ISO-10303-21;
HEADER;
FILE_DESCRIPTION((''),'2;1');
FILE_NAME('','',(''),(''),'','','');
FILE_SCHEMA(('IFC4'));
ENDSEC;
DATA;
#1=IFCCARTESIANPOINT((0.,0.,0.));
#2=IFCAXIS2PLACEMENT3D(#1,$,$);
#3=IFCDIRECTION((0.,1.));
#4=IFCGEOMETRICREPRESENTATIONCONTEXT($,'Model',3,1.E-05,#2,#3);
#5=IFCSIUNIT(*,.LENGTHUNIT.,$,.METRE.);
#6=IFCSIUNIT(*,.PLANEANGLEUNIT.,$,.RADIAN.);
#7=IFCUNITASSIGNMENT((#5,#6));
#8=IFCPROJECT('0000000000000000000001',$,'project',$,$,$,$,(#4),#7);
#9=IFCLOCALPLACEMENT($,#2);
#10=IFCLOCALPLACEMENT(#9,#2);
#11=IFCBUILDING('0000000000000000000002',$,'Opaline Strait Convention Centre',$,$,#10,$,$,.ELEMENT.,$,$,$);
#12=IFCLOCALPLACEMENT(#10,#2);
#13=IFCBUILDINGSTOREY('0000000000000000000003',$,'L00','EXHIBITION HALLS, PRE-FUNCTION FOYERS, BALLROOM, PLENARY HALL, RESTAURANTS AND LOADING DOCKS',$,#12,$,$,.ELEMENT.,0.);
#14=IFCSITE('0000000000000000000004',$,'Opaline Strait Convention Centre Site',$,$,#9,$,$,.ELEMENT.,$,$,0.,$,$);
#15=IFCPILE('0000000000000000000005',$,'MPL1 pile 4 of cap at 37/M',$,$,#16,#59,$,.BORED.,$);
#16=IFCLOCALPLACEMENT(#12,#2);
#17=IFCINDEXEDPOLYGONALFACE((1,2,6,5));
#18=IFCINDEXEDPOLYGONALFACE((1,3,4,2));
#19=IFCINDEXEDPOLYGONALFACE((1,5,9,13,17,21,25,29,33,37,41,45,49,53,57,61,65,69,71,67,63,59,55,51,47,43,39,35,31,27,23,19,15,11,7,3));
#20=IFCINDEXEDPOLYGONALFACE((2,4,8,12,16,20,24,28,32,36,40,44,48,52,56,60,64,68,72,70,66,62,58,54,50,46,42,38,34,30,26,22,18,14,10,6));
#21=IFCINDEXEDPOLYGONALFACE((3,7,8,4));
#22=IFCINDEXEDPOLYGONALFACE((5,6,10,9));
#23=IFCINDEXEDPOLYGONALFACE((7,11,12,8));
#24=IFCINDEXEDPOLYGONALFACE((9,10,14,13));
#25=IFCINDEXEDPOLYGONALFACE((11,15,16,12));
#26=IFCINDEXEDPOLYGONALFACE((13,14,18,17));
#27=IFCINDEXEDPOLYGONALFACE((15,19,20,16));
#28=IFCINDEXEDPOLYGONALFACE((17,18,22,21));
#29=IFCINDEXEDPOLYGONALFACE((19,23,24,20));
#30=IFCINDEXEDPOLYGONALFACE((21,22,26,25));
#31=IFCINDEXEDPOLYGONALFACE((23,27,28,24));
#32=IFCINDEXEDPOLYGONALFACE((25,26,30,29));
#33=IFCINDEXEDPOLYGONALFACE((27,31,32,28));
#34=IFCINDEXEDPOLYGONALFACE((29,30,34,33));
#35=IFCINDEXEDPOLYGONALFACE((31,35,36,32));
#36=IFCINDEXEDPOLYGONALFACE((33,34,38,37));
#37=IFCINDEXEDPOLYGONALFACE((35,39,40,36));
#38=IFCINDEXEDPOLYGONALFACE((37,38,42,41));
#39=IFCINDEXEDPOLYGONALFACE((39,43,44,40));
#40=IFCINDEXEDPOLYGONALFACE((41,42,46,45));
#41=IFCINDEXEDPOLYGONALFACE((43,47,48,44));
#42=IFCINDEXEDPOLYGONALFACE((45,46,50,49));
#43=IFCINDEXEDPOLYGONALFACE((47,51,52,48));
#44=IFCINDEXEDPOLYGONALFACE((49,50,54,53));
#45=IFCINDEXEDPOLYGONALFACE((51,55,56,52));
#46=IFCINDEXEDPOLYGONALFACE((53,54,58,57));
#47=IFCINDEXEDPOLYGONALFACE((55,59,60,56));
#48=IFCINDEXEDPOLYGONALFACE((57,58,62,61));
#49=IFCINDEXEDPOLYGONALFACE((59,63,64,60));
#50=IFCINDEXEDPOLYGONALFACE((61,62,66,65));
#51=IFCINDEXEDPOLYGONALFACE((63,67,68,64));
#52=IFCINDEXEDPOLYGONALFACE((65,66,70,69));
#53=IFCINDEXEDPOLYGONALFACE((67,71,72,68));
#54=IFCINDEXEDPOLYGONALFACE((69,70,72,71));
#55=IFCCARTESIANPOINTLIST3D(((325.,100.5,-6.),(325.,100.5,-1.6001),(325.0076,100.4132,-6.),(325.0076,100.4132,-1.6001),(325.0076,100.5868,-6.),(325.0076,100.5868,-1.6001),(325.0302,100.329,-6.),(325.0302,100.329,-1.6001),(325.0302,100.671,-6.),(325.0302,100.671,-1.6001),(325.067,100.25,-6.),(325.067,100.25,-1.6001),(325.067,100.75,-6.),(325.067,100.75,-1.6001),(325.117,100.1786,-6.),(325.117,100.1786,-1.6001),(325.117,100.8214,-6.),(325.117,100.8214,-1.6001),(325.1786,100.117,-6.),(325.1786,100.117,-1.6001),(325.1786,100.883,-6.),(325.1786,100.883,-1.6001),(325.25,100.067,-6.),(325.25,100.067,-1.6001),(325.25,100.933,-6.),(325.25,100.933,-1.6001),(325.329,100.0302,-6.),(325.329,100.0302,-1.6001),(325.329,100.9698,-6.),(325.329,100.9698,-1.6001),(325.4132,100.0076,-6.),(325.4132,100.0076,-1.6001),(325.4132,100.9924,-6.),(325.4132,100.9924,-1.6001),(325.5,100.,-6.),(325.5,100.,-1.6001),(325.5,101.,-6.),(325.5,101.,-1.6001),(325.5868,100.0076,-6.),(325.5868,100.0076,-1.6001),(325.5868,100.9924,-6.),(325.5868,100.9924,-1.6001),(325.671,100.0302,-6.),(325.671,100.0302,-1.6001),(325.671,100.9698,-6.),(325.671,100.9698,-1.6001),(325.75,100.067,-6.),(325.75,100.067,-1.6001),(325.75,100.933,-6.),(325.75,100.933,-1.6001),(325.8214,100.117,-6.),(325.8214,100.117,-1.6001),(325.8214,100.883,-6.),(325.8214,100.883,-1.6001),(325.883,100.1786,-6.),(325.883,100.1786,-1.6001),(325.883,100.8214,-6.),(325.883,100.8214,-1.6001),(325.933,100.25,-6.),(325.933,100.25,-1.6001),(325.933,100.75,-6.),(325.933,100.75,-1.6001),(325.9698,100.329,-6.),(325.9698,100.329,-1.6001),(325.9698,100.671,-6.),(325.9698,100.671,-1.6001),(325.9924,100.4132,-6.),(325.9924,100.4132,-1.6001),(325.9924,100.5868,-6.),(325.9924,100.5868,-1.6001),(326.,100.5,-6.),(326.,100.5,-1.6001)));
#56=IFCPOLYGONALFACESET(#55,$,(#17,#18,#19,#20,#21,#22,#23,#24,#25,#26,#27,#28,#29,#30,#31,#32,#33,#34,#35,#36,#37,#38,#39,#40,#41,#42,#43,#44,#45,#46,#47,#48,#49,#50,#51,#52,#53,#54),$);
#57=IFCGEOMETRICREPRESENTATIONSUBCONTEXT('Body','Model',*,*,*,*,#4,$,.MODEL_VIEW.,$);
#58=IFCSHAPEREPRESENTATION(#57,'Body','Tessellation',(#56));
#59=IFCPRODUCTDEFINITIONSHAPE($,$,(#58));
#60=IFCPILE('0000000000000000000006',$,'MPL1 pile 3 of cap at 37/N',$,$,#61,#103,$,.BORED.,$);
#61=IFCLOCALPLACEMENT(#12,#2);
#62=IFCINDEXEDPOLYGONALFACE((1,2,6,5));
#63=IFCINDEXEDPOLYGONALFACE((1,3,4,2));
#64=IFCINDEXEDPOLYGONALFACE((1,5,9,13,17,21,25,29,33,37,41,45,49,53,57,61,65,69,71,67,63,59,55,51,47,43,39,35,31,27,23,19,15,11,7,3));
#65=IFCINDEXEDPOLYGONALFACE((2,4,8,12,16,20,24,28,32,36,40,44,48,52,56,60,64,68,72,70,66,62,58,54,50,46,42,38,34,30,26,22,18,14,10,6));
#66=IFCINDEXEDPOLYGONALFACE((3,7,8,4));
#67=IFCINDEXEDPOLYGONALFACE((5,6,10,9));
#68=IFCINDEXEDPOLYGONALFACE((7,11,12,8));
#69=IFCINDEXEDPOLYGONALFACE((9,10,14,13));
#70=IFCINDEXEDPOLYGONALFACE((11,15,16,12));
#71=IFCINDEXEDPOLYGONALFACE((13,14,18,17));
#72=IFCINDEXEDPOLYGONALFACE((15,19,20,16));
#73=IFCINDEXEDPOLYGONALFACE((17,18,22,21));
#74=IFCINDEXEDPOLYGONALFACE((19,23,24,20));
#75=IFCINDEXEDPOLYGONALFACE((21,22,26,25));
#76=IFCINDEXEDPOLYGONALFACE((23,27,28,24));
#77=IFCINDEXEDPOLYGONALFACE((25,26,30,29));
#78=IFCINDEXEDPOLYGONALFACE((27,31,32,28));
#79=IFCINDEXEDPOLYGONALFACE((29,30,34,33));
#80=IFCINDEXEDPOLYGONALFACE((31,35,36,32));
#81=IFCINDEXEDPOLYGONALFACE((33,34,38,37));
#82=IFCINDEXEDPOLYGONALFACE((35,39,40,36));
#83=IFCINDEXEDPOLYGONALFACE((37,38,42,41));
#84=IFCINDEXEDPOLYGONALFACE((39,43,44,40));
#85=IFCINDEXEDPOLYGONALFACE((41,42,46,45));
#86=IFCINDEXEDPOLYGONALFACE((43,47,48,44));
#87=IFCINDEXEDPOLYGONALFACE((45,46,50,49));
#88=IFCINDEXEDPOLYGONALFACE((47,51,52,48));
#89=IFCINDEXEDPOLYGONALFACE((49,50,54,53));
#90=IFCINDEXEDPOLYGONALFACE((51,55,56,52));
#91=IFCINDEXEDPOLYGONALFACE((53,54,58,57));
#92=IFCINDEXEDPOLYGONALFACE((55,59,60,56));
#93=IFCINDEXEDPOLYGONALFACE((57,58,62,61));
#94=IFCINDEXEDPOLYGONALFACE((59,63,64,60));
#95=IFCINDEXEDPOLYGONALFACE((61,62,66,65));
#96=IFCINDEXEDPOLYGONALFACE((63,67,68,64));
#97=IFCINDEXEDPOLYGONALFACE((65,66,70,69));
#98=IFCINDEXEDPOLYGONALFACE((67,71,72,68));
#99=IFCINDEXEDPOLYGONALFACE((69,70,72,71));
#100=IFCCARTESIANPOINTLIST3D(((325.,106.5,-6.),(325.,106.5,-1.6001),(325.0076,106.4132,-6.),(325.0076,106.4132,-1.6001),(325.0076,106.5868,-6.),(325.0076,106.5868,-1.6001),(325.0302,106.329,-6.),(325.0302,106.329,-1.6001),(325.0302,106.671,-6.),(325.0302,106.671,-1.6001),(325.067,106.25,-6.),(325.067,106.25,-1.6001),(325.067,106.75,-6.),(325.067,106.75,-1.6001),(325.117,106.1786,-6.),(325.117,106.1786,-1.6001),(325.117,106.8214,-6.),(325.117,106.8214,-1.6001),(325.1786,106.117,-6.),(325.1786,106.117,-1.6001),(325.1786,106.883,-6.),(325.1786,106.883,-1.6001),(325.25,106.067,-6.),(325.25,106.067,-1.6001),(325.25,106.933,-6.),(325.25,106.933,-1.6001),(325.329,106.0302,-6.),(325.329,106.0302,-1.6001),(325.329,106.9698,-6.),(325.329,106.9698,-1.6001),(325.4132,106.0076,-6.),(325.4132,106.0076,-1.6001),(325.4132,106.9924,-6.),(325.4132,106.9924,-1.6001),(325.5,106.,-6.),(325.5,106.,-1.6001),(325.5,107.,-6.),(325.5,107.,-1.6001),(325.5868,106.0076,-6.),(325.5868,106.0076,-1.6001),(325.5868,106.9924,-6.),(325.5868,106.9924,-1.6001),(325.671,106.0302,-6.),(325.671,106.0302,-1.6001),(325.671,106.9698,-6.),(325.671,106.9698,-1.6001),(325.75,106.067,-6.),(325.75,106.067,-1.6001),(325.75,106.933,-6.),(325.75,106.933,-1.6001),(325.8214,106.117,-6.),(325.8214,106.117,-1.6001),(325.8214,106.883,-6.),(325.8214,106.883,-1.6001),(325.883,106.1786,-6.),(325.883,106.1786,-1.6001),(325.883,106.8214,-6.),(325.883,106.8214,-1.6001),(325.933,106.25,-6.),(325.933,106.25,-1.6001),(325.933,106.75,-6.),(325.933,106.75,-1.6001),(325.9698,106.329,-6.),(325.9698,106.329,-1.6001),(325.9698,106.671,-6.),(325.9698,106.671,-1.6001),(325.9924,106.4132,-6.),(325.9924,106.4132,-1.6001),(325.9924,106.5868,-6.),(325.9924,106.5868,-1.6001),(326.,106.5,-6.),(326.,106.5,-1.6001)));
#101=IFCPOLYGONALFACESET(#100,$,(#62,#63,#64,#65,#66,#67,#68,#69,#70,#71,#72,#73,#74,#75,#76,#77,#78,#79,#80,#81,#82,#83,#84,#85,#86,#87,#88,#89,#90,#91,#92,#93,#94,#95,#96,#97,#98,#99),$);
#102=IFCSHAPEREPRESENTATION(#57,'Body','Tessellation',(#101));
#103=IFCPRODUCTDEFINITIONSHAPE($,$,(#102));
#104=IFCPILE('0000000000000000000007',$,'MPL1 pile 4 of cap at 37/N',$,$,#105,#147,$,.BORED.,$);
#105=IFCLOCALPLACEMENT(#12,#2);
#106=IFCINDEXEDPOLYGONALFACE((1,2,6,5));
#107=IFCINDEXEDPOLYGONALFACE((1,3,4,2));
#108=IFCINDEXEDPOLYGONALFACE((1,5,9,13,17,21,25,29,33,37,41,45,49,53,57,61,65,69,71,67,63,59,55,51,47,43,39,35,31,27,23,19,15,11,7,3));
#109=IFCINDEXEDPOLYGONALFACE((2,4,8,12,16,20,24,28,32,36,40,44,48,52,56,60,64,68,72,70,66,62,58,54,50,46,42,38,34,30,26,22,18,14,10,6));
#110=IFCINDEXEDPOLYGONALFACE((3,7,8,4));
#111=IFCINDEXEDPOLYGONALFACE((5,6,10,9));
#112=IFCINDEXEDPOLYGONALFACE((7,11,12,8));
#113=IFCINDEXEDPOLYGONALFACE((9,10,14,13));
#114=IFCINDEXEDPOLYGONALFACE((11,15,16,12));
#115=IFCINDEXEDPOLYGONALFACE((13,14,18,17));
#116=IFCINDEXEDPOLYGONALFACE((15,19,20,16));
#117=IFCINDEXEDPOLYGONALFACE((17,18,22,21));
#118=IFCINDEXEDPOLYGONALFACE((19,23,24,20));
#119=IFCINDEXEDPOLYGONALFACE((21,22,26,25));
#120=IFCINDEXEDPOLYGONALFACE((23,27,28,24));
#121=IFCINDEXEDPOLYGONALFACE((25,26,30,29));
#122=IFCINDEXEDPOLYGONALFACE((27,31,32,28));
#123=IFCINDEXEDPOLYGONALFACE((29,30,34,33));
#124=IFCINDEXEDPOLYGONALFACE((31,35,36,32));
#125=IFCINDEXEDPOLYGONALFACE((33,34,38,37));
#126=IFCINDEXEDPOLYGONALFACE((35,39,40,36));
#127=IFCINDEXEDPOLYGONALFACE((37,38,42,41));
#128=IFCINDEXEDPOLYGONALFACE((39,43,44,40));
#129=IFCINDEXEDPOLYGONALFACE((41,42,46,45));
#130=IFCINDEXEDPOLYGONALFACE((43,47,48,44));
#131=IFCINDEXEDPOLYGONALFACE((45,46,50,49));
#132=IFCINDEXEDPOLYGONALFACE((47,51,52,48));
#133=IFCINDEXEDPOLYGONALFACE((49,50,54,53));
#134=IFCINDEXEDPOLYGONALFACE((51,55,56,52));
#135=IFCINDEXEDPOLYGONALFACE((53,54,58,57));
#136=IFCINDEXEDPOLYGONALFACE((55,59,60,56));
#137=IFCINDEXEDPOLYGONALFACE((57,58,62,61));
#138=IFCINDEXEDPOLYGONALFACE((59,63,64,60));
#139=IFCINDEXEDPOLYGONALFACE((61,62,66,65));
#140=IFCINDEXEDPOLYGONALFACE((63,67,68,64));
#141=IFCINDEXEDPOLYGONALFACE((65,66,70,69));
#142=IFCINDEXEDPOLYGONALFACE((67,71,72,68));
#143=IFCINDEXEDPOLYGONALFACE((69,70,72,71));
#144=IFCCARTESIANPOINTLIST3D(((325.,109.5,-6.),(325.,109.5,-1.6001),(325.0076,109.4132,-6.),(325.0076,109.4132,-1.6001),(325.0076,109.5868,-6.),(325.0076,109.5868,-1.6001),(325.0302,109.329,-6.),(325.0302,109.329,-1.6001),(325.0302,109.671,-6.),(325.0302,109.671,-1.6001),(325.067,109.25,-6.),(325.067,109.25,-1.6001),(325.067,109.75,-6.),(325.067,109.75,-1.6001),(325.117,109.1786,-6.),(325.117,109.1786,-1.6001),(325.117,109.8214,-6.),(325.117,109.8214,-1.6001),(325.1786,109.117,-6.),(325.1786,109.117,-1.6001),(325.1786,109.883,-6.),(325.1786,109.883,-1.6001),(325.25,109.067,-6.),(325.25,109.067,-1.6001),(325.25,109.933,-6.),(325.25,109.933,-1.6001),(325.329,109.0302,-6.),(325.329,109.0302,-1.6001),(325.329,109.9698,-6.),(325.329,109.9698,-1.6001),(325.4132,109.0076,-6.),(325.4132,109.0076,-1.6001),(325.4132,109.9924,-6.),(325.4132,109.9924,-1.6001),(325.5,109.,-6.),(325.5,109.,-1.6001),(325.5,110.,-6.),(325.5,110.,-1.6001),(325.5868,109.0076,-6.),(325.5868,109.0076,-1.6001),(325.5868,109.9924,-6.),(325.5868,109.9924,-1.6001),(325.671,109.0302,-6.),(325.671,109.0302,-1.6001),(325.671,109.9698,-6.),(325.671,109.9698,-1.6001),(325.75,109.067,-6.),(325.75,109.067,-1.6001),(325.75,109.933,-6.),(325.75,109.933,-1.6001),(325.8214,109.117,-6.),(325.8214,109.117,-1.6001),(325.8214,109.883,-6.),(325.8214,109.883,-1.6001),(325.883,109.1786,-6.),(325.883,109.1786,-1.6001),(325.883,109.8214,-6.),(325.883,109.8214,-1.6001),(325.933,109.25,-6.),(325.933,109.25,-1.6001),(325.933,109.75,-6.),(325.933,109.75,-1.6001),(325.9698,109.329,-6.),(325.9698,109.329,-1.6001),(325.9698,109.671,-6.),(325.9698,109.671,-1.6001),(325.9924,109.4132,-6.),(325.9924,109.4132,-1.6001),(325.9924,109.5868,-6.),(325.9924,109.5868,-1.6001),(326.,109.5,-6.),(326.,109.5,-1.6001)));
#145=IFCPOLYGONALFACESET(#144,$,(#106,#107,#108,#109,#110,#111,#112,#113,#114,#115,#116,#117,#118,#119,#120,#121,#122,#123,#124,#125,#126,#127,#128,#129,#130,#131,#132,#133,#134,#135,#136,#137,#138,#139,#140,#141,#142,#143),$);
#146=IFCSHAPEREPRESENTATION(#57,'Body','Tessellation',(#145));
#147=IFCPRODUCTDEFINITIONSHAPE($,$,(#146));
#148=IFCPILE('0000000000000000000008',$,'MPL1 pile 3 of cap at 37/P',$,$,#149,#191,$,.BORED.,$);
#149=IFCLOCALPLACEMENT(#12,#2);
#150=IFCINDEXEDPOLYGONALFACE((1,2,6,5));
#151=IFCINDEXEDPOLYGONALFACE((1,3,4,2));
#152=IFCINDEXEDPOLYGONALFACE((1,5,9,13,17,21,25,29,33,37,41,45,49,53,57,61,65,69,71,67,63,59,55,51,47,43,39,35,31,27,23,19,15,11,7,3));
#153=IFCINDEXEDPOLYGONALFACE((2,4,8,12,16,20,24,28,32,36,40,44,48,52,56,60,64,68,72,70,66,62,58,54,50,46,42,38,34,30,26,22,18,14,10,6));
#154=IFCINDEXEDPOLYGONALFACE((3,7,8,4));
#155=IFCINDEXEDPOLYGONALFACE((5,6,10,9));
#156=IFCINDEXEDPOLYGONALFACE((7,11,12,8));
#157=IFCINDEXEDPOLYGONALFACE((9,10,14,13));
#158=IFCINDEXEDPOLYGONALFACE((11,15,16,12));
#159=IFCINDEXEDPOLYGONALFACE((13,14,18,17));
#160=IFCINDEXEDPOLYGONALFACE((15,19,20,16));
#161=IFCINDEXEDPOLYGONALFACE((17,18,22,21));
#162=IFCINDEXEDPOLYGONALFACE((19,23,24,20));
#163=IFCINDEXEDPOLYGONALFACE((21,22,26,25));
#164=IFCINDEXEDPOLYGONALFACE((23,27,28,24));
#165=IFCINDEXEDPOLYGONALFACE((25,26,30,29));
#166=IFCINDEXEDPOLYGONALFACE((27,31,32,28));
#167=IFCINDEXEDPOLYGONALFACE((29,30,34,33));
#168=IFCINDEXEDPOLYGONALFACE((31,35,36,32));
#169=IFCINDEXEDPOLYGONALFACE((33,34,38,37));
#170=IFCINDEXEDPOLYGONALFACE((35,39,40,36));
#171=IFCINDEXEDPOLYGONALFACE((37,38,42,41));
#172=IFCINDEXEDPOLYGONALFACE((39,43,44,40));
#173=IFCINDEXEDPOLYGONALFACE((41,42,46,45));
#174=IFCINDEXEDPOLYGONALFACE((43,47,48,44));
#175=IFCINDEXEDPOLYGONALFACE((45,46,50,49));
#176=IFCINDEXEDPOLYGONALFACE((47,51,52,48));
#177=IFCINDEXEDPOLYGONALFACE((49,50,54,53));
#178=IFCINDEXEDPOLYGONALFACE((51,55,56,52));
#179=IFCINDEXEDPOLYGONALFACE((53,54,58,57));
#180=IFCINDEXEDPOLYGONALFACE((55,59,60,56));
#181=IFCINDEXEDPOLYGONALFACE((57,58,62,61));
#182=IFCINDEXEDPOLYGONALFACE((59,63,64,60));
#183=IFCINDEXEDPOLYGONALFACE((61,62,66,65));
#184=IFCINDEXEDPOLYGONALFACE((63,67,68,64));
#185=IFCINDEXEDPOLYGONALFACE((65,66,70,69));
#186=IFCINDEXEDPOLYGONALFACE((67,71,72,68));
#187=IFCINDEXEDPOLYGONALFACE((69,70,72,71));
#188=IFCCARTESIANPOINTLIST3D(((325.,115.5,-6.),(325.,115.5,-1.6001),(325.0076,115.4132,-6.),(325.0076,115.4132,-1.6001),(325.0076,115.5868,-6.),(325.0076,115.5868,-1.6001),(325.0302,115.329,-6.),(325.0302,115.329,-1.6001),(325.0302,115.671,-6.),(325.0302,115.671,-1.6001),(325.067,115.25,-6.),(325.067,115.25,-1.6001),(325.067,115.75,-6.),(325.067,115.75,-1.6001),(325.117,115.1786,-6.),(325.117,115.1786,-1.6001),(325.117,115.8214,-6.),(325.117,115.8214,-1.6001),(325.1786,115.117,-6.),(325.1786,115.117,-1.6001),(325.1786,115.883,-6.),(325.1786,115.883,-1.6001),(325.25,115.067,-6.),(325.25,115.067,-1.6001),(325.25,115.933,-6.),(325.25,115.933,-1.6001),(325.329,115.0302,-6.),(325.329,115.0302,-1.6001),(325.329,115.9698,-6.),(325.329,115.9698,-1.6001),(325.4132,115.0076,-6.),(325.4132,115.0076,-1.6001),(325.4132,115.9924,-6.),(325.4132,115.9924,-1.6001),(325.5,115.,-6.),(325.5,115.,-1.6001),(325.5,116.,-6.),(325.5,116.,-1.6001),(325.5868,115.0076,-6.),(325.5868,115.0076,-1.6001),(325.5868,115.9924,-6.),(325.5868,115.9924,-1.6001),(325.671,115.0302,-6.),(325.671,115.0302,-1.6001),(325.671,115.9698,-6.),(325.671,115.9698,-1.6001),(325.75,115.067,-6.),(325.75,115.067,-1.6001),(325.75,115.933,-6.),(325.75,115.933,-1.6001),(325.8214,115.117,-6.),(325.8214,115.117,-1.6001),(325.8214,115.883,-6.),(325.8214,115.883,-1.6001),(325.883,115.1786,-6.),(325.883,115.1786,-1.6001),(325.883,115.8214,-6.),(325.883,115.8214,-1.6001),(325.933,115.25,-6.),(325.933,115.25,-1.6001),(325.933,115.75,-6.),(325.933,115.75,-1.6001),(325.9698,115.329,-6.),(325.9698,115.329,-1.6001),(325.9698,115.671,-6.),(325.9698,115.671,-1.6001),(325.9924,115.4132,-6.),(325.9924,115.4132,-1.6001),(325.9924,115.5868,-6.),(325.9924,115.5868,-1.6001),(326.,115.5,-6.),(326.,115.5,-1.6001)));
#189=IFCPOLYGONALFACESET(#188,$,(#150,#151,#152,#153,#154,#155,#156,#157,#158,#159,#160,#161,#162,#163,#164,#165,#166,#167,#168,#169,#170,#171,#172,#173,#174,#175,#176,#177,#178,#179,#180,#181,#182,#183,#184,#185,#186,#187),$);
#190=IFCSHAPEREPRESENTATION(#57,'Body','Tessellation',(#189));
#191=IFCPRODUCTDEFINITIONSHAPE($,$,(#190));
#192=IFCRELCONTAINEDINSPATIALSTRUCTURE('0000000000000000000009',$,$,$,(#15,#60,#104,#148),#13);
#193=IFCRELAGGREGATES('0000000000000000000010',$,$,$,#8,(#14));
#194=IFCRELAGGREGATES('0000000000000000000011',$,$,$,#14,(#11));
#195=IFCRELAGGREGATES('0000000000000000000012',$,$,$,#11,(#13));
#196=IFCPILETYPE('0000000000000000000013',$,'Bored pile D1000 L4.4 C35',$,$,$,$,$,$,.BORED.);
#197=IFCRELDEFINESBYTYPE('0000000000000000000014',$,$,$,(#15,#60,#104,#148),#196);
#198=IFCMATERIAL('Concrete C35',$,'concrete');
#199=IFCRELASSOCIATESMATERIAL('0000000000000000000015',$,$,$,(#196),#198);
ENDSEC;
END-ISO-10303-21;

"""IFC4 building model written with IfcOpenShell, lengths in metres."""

from ifc_helpers import new_model, si_unit, direction, frame, origin, origin_2d, place, context, subcontext, project, spatial, circle, extrude, material, material_profile, profile_set, type_object, element, save


model = new_model("IFC4")

# Units and contexts
model_context = context("Model", 3, precision=1e-05, world=origin(), true_north=direction((0.0, 1.0)))
body_context = subcontext(model_context, "Body", "Model", "MODEL_VIEW")
ifc_project = project(units=[si_unit("LENGTHUNIT", "METRE"), si_unit("PLANEANGLEUNIT", "RADIAN")], contexts=[model_context])

# Site, building, storey
site_placement = place(None, origin())
site = spatial("IfcSite", under=ifc_project, at=site_placement, Name="Opaline Strait Convention Centre Site", CompositionType="ELEMENT", RefElevation=0.0)
building_placement = place(site_placement, origin())
building = spatial("IfcBuilding", under=site, at=building_placement, Name="Opaline Strait Convention Centre", CompositionType="ELEMENT")
storey_placement = place(building_placement, origin())
storey = spatial("IfcBuildingStorey", under=building, at=storey_placement, Name="L00", Description="EXHIBITION HALLS, PRE-FUNCTION FOYERS, BALLROOM, PLENARY HALL, RESTAURANTS AND LOADING DOCKS", CompositionType="ELEMENT", Elevation=0.0)

# Piles
ifc_material_1 = material(Name="Concrete C35", Category="concrete")
ifc_material_profile_1 = material_profile(ifc_material_1, circle(Radius=0.5, at=origin_2d()), Name="D1000")
ifc_profile_set_1 = profile_set([ifc_material_profile_1], Name="Concrete C35")
pile_type = type_object("IfcPileType", Name="Bored pile D1000 L4.4 C35", PredefinedType="BORED", material=ifc_profile_set_1)
for number, where, z_axis, x_axis, name in (
    (1, (325.5, 100.5, -1.6001), (0.0, 0.0, -1.0), (1.0, 0.0, 0.0), "MPL1 pile 4 of cap at 37/M"),
    (2, (325.5, 106.5, -1.6001), (0.0, 0.0, -1.0), (1.0, 0.0, 0.0), "MPL1 pile 3 of cap at 37/N"),
    (3, (325.5, 109.5, -1.6001), (0.0, 0.0, -1.0), (1.0, 0.0, 0.0), "MPL1 pile 4 of cap at 37/N"),
    (4, (325.5, 115.5, -1.6001), (0.0, 0.0, -1.0), (1.0, 0.0, 0.0), "MPL1 pile 3 of cap at 37/P"),
):
    element("IfcPile", number, at=place(storey_placement, frame(where, z_axis=z_axis, x_axis=x_axis)), inside=storey, type_object=pile_type, Name=name, PredefinedType="BORED", context=body_context, shape_type="SweptSolid", body=[
        extrude(circle(Radius=0.5, at=origin_2d()), origin(), (0.0, 0.0, 1.0), 4.3999),
    ])

save(model, "model.ifc")
